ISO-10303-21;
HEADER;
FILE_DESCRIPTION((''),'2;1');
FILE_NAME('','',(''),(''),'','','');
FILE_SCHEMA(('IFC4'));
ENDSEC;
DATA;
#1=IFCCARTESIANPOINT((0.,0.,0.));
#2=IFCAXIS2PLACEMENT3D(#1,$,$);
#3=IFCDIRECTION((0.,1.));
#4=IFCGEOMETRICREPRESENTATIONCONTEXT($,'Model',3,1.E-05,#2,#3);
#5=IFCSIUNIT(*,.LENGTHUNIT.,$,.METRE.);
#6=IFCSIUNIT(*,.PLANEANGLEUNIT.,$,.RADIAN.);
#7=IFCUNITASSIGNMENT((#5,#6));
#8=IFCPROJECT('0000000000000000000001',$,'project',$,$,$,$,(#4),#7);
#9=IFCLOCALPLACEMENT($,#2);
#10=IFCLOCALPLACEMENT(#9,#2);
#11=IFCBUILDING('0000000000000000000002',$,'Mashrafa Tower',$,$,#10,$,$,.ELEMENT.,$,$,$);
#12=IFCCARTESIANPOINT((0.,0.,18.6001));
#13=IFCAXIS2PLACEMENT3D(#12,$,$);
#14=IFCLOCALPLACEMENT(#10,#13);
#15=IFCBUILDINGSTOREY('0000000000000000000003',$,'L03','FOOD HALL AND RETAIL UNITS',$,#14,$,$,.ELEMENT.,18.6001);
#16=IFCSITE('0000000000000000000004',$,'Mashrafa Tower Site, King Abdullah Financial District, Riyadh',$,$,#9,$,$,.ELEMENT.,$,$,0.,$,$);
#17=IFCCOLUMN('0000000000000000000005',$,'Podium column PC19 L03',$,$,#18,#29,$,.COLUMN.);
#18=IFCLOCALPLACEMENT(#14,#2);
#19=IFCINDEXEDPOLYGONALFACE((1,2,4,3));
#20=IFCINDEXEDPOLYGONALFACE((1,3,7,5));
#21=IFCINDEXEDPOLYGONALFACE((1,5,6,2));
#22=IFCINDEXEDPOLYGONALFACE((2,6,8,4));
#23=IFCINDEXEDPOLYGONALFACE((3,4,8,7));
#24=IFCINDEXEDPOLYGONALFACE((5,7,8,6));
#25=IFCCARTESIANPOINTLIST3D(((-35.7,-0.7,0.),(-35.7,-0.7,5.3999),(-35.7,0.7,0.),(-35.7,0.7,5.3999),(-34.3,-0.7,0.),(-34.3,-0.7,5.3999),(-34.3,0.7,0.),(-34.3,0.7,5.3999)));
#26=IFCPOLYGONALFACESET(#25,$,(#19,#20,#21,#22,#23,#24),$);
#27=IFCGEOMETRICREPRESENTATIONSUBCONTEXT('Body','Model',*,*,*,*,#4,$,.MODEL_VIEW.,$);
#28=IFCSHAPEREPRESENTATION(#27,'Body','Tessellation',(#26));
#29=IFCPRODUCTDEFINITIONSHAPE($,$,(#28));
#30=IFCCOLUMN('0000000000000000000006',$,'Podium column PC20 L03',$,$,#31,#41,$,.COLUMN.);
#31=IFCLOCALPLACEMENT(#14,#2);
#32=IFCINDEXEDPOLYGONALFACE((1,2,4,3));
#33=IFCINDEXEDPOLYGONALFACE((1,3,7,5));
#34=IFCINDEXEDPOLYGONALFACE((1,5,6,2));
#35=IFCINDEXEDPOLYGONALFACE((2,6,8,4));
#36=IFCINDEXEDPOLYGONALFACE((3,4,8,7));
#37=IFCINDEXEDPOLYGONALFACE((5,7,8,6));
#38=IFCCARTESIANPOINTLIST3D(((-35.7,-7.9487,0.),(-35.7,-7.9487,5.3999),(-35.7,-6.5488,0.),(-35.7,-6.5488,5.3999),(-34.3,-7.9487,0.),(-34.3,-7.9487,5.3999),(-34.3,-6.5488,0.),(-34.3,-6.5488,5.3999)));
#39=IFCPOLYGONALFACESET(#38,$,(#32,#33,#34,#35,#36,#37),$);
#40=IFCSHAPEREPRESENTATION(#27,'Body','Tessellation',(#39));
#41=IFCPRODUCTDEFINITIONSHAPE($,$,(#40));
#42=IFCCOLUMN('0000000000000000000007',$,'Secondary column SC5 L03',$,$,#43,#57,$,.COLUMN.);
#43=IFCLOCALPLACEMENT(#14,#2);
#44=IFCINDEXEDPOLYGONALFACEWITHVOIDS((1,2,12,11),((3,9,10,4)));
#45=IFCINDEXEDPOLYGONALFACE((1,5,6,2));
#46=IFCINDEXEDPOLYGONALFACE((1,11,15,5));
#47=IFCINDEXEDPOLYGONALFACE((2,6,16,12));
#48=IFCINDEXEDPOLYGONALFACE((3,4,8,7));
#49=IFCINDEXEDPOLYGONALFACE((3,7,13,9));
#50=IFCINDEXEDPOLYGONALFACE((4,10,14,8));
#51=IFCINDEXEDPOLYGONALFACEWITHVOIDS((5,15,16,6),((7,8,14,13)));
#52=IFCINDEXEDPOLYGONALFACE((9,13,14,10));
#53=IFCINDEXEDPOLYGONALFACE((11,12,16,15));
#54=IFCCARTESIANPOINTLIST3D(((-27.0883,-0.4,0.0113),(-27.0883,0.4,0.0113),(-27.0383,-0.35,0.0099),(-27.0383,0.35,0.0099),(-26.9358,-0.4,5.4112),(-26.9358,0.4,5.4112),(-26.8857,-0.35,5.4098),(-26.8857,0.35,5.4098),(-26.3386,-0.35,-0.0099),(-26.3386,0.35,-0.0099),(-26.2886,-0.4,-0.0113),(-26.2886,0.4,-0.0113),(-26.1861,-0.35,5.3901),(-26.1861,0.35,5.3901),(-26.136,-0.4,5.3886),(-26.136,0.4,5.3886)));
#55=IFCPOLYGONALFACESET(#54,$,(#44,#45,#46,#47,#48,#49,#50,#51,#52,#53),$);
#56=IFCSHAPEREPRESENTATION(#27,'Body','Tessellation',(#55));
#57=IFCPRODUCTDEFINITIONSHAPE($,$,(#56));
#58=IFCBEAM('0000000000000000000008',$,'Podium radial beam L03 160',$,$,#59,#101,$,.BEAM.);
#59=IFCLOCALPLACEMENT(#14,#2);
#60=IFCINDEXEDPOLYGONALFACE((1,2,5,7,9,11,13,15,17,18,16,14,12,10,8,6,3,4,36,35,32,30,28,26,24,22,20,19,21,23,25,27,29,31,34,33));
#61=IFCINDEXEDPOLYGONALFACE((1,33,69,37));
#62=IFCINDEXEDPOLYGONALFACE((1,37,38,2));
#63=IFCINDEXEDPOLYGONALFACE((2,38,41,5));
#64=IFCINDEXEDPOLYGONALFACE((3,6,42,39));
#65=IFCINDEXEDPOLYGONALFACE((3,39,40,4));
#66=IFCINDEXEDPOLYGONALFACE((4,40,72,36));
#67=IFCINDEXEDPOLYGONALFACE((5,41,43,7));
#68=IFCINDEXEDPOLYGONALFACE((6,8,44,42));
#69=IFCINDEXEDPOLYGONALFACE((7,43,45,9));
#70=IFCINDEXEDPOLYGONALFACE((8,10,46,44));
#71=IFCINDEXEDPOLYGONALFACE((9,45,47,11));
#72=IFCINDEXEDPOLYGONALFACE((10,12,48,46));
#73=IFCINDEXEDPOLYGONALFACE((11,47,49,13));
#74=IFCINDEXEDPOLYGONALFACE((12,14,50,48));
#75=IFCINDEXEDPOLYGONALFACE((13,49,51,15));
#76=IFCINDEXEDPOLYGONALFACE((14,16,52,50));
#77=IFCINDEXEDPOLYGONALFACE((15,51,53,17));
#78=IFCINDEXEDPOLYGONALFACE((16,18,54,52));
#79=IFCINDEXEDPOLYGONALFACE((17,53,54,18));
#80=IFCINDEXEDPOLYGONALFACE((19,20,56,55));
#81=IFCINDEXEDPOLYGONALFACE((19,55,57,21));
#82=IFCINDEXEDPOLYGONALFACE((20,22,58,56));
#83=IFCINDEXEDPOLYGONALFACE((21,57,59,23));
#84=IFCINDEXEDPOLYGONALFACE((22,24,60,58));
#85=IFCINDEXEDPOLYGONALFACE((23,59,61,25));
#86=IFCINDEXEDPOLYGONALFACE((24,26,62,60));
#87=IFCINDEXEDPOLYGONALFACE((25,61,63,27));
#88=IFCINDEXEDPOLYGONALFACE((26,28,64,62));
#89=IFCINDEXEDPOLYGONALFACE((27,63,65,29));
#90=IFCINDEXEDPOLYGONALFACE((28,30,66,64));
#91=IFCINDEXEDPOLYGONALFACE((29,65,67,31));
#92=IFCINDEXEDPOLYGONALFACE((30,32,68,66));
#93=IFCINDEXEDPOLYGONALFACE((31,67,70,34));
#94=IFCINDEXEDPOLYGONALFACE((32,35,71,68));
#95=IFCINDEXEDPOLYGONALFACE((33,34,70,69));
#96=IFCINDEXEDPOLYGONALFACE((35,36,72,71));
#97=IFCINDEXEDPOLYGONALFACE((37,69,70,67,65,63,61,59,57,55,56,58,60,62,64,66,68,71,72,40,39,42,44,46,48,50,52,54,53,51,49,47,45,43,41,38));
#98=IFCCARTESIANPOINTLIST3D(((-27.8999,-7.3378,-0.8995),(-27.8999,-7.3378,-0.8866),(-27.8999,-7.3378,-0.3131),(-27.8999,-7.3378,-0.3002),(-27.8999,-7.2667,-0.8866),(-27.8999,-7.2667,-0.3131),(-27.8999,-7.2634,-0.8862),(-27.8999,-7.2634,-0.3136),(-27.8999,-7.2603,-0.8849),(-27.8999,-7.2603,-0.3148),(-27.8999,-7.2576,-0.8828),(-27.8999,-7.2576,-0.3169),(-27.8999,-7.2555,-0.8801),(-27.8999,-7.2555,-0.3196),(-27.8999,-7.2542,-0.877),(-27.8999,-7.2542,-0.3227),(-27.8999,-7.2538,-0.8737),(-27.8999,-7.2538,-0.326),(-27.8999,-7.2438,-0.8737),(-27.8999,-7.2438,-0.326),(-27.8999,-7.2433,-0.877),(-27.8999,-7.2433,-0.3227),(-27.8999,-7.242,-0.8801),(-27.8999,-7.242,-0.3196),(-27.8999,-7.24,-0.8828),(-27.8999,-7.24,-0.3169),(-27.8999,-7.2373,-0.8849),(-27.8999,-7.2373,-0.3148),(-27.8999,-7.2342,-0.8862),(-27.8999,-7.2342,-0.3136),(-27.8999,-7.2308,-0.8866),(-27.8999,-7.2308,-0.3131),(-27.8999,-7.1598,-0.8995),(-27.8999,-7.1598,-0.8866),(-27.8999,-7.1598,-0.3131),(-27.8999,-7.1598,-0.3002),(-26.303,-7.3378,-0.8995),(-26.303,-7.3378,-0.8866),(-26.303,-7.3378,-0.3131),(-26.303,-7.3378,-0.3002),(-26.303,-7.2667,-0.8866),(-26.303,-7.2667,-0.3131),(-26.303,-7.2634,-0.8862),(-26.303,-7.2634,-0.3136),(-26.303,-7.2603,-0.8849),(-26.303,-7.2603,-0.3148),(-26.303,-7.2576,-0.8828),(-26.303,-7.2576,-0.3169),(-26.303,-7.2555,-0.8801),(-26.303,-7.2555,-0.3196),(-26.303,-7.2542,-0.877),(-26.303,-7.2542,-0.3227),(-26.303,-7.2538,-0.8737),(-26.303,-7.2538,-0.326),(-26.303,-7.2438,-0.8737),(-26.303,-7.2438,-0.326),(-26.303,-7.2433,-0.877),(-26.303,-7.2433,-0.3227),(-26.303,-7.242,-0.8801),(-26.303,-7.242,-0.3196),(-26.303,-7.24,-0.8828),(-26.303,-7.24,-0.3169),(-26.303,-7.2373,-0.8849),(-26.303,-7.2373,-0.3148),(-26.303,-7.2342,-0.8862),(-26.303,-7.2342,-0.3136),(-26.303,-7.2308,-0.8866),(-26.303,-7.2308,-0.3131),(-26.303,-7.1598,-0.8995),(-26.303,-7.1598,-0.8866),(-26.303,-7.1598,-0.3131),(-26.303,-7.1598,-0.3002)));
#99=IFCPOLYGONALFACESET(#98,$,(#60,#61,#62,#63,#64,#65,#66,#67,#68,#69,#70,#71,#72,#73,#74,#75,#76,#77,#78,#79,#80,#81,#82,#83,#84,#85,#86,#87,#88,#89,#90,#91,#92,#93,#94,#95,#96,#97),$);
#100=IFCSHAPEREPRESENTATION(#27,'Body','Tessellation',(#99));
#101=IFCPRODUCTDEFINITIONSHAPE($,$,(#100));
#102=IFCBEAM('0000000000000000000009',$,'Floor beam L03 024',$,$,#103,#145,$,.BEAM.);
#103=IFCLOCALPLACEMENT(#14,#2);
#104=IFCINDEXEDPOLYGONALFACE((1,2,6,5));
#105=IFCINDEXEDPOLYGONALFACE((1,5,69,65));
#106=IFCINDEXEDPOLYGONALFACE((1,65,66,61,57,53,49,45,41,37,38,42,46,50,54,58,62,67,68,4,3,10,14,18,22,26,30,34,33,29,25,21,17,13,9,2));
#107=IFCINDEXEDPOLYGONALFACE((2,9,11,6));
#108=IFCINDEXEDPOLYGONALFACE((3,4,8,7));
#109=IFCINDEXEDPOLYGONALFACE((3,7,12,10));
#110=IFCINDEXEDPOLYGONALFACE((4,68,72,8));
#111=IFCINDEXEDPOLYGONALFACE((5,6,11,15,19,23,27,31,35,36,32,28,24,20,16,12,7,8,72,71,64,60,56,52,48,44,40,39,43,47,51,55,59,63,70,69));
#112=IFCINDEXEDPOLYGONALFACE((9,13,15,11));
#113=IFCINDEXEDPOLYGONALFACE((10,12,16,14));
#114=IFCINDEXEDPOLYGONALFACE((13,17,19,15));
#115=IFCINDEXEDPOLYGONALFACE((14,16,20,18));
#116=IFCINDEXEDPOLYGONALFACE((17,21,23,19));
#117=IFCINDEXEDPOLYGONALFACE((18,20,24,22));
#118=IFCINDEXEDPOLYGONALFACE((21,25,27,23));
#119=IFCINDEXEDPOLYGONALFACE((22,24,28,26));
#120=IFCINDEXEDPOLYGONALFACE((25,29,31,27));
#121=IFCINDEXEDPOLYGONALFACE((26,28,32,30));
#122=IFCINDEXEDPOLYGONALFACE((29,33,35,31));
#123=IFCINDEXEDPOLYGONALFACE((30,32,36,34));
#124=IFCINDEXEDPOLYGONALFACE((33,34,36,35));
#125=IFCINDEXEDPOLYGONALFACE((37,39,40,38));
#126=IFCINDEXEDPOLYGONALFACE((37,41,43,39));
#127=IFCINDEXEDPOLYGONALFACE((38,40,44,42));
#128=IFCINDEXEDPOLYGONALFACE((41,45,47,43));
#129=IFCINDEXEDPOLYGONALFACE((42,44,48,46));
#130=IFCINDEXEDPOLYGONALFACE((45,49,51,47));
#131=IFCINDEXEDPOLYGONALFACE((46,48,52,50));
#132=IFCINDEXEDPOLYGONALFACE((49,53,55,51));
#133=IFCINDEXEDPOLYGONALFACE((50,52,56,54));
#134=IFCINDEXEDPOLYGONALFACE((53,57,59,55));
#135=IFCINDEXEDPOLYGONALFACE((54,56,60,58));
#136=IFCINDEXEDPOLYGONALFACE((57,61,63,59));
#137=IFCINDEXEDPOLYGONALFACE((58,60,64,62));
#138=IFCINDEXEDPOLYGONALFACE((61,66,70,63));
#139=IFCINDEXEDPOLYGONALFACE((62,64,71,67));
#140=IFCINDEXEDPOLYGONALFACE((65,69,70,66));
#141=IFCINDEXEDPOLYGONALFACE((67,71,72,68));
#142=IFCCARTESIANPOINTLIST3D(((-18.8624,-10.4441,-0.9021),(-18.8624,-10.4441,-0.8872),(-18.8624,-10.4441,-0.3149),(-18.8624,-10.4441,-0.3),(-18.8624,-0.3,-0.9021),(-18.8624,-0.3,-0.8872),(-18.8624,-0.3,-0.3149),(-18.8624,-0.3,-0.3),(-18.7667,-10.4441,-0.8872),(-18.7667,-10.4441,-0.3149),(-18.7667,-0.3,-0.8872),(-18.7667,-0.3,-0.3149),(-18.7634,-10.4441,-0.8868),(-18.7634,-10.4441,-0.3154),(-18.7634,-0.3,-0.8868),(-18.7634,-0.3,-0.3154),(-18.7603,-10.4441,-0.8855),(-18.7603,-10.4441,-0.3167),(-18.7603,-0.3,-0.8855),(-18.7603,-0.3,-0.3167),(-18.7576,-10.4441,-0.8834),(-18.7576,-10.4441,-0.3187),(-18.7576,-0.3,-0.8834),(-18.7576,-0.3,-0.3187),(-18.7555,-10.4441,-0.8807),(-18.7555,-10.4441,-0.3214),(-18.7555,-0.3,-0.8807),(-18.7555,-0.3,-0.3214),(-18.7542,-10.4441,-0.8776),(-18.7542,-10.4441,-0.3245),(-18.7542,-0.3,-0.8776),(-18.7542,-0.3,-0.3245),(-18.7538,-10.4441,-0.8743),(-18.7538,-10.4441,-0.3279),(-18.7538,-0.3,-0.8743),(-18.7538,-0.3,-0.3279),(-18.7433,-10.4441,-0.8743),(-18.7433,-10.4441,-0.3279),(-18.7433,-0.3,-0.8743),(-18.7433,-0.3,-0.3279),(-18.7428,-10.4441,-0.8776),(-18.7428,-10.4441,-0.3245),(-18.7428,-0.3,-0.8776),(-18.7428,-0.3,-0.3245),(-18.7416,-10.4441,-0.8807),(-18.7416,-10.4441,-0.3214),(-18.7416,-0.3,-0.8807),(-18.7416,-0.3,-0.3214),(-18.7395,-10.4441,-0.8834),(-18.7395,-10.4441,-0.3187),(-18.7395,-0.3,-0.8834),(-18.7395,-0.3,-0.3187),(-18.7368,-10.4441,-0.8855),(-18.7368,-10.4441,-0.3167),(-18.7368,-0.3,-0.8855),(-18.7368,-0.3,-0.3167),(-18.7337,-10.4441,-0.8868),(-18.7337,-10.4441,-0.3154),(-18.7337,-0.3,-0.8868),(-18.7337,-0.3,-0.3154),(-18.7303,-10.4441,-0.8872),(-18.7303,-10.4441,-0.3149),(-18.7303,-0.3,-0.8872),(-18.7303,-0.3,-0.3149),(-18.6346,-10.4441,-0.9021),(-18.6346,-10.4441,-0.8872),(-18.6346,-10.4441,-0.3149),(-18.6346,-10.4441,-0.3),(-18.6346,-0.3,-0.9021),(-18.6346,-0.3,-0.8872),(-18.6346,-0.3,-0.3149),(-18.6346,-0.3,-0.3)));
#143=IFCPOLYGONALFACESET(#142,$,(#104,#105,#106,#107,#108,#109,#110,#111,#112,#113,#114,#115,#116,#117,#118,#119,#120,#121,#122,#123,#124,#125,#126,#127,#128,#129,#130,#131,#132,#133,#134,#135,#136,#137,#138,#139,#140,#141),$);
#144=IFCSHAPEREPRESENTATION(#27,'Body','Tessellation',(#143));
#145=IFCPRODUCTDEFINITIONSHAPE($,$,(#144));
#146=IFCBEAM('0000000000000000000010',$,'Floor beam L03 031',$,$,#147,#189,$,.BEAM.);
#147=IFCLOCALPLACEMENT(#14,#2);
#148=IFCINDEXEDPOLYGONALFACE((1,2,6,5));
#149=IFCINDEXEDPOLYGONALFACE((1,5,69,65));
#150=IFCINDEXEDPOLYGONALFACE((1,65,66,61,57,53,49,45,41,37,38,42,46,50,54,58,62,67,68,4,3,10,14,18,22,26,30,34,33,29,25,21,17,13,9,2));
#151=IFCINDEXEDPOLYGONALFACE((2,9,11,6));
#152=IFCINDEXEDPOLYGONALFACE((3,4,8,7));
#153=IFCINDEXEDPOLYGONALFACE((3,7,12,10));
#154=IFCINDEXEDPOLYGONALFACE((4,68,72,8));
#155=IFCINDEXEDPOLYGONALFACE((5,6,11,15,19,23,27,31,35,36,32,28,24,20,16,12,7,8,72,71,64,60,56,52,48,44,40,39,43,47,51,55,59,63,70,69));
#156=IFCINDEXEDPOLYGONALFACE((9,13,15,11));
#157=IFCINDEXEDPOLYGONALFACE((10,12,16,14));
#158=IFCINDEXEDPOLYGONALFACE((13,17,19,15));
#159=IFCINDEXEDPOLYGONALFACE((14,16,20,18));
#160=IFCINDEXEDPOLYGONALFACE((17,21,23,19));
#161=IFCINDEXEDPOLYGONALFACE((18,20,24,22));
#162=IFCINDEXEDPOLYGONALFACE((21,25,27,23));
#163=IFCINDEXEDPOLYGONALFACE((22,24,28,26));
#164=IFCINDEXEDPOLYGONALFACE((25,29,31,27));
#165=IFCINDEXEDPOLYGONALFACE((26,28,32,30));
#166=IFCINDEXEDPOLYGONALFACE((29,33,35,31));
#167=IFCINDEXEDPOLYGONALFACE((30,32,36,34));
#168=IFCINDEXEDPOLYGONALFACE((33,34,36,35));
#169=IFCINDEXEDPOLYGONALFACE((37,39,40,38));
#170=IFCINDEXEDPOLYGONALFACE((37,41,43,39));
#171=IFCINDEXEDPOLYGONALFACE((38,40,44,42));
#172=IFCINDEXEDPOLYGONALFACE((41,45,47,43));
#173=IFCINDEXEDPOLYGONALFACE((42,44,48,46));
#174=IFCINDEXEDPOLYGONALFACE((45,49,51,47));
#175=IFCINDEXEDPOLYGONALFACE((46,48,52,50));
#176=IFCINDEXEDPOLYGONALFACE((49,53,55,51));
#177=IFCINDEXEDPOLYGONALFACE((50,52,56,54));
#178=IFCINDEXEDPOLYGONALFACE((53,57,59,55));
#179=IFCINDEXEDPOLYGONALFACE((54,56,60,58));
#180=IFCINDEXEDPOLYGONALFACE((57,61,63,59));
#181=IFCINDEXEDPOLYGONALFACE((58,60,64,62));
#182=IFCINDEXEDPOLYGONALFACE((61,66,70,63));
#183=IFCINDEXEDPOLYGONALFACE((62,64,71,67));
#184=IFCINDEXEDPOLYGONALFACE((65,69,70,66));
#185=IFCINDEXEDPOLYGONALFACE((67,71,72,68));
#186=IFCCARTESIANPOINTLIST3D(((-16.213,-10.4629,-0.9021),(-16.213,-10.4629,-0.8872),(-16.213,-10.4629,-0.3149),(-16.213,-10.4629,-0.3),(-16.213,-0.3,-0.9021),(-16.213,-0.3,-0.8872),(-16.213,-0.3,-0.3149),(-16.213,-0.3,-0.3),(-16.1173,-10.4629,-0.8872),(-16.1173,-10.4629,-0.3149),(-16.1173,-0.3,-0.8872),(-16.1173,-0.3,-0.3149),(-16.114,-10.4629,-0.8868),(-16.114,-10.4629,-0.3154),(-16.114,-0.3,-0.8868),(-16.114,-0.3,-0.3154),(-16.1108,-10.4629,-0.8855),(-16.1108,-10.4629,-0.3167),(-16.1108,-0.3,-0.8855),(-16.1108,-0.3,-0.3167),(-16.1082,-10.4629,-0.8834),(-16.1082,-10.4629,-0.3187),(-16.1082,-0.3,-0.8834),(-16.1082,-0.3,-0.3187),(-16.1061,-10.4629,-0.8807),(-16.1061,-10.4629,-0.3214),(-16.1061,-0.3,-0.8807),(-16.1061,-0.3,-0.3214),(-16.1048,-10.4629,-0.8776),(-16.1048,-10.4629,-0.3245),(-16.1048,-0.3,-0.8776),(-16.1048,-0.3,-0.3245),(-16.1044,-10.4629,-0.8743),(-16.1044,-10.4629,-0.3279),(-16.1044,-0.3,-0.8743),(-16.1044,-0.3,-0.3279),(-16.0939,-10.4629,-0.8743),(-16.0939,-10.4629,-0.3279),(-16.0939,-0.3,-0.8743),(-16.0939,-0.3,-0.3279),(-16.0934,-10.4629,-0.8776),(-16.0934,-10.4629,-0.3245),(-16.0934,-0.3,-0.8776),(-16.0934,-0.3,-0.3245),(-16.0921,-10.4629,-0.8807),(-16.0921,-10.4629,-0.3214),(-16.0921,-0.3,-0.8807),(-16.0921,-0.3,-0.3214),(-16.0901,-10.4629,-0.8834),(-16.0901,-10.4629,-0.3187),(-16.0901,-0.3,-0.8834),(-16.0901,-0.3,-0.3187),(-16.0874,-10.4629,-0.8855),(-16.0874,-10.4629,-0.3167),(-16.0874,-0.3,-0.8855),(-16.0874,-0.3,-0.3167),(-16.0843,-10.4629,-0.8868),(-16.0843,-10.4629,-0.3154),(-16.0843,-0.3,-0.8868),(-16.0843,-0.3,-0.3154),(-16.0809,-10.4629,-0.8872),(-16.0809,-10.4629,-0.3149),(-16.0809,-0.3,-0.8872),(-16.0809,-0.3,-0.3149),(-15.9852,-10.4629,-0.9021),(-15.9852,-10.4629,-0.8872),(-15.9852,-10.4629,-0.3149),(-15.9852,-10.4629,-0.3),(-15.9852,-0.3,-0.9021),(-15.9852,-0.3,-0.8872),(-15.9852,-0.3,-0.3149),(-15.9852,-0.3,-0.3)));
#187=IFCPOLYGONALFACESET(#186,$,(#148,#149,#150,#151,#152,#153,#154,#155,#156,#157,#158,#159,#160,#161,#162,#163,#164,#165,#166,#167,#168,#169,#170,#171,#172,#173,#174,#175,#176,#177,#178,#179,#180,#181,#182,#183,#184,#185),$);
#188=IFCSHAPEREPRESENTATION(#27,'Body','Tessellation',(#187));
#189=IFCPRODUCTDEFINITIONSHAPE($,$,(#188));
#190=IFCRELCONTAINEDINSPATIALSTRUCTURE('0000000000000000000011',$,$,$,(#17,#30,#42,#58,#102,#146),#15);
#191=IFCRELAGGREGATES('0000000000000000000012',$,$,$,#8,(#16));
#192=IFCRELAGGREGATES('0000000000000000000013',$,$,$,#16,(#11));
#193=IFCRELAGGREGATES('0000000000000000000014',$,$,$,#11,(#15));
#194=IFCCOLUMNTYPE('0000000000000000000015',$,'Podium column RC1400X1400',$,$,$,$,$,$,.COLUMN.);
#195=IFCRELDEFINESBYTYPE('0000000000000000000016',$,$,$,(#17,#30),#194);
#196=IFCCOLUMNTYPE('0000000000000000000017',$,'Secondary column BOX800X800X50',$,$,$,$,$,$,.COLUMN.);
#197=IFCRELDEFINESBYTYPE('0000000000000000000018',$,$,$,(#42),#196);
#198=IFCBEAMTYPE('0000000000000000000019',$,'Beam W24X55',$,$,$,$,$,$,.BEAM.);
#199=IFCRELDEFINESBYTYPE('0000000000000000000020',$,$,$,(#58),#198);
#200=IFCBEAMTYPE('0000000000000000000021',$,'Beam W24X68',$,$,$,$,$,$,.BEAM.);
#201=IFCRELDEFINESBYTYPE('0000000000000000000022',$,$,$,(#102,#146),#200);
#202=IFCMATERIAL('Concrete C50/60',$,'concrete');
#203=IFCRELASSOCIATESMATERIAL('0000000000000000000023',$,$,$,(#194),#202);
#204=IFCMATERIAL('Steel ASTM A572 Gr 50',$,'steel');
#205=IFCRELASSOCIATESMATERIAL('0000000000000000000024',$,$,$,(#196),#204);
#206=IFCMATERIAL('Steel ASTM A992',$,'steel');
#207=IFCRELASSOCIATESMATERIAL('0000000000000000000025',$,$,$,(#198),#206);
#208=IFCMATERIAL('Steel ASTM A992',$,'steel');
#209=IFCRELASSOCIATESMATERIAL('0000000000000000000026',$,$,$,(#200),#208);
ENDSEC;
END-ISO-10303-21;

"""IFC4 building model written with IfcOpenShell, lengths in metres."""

from ifc_helpers import new_model, si_unit, direction, frame, origin, origin_2d, place, context, subcontext, project, spatial, rectangle, hollow_rectangle, i_section, extrude, material, material_profile, profile_set, type_object, element, save


model = new_model("IFC4")

# Units and contexts
model_context = context("Model", 3, precision=1e-05, world=origin(), true_north=direction((0.0, 1.0)))
body_context = subcontext(model_context, "Body", "Model", "MODEL_VIEW")
ifc_project = project(units=[si_unit("LENGTHUNIT", "METRE"), si_unit("PLANEANGLEUNIT", "RADIAN")], contexts=[model_context])

# Site, building, storey
site_placement = place(None, origin())
site = spatial("IfcSite", under=ifc_project, at=site_placement, Name="Mashrafa Tower Site, King Abdullah Financial District, Riyadh", CompositionType="ELEMENT", RefElevation=0.0)
building_placement = place(site_placement, origin())
building = spatial("IfcBuilding", under=site, at=building_placement, Name="Mashrafa Tower", CompositionType="ELEMENT")
storey_placement = place(building_placement, frame((0.0, 0.0, 18.6001)))
storey = spatial("IfcBuildingStorey", under=building, at=storey_placement, Name="L03", Description="FOOD HALL AND RETAIL UNITS", CompositionType="ELEMENT", Elevation=18.6001)

# Columns
ifc_material_1 = material(Name="Concrete C50/60", Category="concrete")
ifc_material_profile_1 = material_profile(ifc_material_1, rectangle(XDim=1.3999, YDim=1.3999, at=origin_2d()), Name="RC1400X1400")
ifc_profile_set_1 = profile_set([ifc_material_profile_1], Name="Concrete C50/60")
column_type_1 = type_object("IfcColumnType", Name="Podium column RC1400X1400", PredefinedType="COLUMN", material=ifc_profile_set_1)
for number, where, z_axis, x_axis, name in (
    (1, (-35.0, 0.0, 0.0), (0.0, 0.0, 1.0), (1.0, 0.0, 0.0), "Podium column PC19 L03"),
    (2, (-35.0, -7.2488, 0.0), (0.0, 0.0, 1.0), (1.0, 0.0, 0.0), "Podium column PC20 L03"),
):
    element("IfcColumn", number, at=place(storey_placement, frame(where, z_axis=z_axis, x_axis=x_axis)), inside=storey, type_object=column_type_1, Name=name, PredefinedType="COLUMN", context=body_context, shape_type="SweptSolid", body=[
        extrude(rectangle(XDim=1.3999, YDim=1.3999, at=origin_2d()), origin(), (0.0, 0.0, 1.0), 5.3999),
    ])
ifc_material_2 = material(Name="Steel ASTM A572 Gr 50", Category="steel")
ifc_material_profile_2 = material_profile(ifc_material_2, hollow_rectangle(XDim=0.8, YDim=0.8, WallThickness=0.05, at=origin_2d()), Name="BOX800X800X50")
ifc_profile_set_2 = profile_set([ifc_material_profile_2], Name="Steel ASTM A572 Gr 50")
column_type_2 = type_object("IfcColumnType", Name="Secondary column BOX800X800X50", PredefinedType="COLUMN", material=ifc_profile_set_2)
column_placement = place(storey_placement, frame((-26.6885, 0.0, 0.0), z_axis=(0.028246, 0.0, 0.999601), x_axis=(0.0, 1.0, 0.0)))
element("IfcColumn", 3, at=column_placement, inside=storey, type_object=column_type_2, Name="Secondary column SC5 L03", PredefinedType="COLUMN", context=body_context, shape_type="SweptSolid", body=[
    extrude(hollow_rectangle(XDim=0.8, YDim=0.8, WallThickness=0.05, at=origin_2d()), origin(), (0.0, 0.0, 1.0), 5.4021),
])

# Beams
ifc_material_3 = material(Name="Steel ASTM A992", Category="steel")
ifc_material_profile_3 = material_profile(ifc_material_3, i_section(OverallWidth=0.178, OverallDepth=0.5994, WebThickness=0.01, FlangeThickness=0.0129, FilletRadius=0.0129, at=origin_2d()), Name="W24X55")
ifc_profile_set_3 = profile_set([ifc_material_profile_3], Name="Steel ASTM A992")
beam_type_1 = type_object("IfcBeamType", Name="Beam W24X55", PredefinedType="BEAM", material=ifc_profile_set_3)
beam_1_placement = place(storey_placement, frame((-26.303, -7.2488, -0.5999), z_axis=(-1.0, 0.0, 0.0), x_axis=(0.0, -1.0, 0.0)))
element("IfcBeam", 4, at=beam_1_placement, inside=storey, type_object=beam_type_1, Name="Podium radial beam L03 160", PredefinedType="BEAM", context=body_context, shape_type="SweptSolid", body=[
    extrude(i_section(OverallWidth=0.178, OverallDepth=0.5994, WebThickness=0.01, FlangeThickness=0.0129, FilletRadius=0.0129, at=origin_2d()), origin(), (0.0, 0.0, 1.0), 1.5969),
])
ifc_material_4 = material(Name="Steel ASTM A992", Category="steel")
ifc_material_profile_4 = material_profile(ifc_material_4, i_section(OverallWidth=0.2278, OverallDepth=0.6021, WebThickness=0.0105, FlangeThickness=0.0149, FilletRadius=0.0129, at=origin_2d()), Name="W24X68")
ifc_profile_set_4 = profile_set([ifc_material_profile_4], Name="Steel ASTM A992")
beam_type_2 = type_object("IfcBeamType", Name="Beam W24X68", PredefinedType="BEAM", material=ifc_profile_set_4)
beam_2_placement = place(storey_placement, frame((-18.7485, -10.4441, -0.6011), z_axis=(0.0, 1.0, 0.0), x_axis=(-1.0, 0.0, 0.0)))
element("IfcBeam", 5, at=beam_2_placement, inside=storey, type_object=beam_type_2, Name="Floor beam L03 024", PredefinedType="BEAM", context=body_context, shape_type="SweptSolid", body=[
    extrude(i_section(OverallWidth=0.2278, OverallDepth=0.6021, WebThickness=0.0105, FlangeThickness=0.0149, FilletRadius=0.0129, at=origin_2d()), origin(), (0.0, 0.0, 1.0), 10.144),
])
beam_3_placement = place(storey_placement, frame((-16.0991, -10.4629, -0.6011), z_axis=(0.0, 1.0, 0.0), x_axis=(-1.0, 0.0, 0.0)))
element("IfcBeam", 6, at=beam_3_placement, inside=storey, type_object=beam_type_2, Name="Floor beam L03 031", PredefinedType="BEAM", context=body_context, shape_type="SweptSolid", body=[
    extrude(i_section(OverallWidth=0.2278, OverallDepth=0.6021, WebThickness=0.0105, FlangeThickness=0.0149, FilletRadius=0.0129, at=origin_2d()), origin(), (0.0, 0.0, 1.0), 10.1628),
])

save(model, "model.ifc")
